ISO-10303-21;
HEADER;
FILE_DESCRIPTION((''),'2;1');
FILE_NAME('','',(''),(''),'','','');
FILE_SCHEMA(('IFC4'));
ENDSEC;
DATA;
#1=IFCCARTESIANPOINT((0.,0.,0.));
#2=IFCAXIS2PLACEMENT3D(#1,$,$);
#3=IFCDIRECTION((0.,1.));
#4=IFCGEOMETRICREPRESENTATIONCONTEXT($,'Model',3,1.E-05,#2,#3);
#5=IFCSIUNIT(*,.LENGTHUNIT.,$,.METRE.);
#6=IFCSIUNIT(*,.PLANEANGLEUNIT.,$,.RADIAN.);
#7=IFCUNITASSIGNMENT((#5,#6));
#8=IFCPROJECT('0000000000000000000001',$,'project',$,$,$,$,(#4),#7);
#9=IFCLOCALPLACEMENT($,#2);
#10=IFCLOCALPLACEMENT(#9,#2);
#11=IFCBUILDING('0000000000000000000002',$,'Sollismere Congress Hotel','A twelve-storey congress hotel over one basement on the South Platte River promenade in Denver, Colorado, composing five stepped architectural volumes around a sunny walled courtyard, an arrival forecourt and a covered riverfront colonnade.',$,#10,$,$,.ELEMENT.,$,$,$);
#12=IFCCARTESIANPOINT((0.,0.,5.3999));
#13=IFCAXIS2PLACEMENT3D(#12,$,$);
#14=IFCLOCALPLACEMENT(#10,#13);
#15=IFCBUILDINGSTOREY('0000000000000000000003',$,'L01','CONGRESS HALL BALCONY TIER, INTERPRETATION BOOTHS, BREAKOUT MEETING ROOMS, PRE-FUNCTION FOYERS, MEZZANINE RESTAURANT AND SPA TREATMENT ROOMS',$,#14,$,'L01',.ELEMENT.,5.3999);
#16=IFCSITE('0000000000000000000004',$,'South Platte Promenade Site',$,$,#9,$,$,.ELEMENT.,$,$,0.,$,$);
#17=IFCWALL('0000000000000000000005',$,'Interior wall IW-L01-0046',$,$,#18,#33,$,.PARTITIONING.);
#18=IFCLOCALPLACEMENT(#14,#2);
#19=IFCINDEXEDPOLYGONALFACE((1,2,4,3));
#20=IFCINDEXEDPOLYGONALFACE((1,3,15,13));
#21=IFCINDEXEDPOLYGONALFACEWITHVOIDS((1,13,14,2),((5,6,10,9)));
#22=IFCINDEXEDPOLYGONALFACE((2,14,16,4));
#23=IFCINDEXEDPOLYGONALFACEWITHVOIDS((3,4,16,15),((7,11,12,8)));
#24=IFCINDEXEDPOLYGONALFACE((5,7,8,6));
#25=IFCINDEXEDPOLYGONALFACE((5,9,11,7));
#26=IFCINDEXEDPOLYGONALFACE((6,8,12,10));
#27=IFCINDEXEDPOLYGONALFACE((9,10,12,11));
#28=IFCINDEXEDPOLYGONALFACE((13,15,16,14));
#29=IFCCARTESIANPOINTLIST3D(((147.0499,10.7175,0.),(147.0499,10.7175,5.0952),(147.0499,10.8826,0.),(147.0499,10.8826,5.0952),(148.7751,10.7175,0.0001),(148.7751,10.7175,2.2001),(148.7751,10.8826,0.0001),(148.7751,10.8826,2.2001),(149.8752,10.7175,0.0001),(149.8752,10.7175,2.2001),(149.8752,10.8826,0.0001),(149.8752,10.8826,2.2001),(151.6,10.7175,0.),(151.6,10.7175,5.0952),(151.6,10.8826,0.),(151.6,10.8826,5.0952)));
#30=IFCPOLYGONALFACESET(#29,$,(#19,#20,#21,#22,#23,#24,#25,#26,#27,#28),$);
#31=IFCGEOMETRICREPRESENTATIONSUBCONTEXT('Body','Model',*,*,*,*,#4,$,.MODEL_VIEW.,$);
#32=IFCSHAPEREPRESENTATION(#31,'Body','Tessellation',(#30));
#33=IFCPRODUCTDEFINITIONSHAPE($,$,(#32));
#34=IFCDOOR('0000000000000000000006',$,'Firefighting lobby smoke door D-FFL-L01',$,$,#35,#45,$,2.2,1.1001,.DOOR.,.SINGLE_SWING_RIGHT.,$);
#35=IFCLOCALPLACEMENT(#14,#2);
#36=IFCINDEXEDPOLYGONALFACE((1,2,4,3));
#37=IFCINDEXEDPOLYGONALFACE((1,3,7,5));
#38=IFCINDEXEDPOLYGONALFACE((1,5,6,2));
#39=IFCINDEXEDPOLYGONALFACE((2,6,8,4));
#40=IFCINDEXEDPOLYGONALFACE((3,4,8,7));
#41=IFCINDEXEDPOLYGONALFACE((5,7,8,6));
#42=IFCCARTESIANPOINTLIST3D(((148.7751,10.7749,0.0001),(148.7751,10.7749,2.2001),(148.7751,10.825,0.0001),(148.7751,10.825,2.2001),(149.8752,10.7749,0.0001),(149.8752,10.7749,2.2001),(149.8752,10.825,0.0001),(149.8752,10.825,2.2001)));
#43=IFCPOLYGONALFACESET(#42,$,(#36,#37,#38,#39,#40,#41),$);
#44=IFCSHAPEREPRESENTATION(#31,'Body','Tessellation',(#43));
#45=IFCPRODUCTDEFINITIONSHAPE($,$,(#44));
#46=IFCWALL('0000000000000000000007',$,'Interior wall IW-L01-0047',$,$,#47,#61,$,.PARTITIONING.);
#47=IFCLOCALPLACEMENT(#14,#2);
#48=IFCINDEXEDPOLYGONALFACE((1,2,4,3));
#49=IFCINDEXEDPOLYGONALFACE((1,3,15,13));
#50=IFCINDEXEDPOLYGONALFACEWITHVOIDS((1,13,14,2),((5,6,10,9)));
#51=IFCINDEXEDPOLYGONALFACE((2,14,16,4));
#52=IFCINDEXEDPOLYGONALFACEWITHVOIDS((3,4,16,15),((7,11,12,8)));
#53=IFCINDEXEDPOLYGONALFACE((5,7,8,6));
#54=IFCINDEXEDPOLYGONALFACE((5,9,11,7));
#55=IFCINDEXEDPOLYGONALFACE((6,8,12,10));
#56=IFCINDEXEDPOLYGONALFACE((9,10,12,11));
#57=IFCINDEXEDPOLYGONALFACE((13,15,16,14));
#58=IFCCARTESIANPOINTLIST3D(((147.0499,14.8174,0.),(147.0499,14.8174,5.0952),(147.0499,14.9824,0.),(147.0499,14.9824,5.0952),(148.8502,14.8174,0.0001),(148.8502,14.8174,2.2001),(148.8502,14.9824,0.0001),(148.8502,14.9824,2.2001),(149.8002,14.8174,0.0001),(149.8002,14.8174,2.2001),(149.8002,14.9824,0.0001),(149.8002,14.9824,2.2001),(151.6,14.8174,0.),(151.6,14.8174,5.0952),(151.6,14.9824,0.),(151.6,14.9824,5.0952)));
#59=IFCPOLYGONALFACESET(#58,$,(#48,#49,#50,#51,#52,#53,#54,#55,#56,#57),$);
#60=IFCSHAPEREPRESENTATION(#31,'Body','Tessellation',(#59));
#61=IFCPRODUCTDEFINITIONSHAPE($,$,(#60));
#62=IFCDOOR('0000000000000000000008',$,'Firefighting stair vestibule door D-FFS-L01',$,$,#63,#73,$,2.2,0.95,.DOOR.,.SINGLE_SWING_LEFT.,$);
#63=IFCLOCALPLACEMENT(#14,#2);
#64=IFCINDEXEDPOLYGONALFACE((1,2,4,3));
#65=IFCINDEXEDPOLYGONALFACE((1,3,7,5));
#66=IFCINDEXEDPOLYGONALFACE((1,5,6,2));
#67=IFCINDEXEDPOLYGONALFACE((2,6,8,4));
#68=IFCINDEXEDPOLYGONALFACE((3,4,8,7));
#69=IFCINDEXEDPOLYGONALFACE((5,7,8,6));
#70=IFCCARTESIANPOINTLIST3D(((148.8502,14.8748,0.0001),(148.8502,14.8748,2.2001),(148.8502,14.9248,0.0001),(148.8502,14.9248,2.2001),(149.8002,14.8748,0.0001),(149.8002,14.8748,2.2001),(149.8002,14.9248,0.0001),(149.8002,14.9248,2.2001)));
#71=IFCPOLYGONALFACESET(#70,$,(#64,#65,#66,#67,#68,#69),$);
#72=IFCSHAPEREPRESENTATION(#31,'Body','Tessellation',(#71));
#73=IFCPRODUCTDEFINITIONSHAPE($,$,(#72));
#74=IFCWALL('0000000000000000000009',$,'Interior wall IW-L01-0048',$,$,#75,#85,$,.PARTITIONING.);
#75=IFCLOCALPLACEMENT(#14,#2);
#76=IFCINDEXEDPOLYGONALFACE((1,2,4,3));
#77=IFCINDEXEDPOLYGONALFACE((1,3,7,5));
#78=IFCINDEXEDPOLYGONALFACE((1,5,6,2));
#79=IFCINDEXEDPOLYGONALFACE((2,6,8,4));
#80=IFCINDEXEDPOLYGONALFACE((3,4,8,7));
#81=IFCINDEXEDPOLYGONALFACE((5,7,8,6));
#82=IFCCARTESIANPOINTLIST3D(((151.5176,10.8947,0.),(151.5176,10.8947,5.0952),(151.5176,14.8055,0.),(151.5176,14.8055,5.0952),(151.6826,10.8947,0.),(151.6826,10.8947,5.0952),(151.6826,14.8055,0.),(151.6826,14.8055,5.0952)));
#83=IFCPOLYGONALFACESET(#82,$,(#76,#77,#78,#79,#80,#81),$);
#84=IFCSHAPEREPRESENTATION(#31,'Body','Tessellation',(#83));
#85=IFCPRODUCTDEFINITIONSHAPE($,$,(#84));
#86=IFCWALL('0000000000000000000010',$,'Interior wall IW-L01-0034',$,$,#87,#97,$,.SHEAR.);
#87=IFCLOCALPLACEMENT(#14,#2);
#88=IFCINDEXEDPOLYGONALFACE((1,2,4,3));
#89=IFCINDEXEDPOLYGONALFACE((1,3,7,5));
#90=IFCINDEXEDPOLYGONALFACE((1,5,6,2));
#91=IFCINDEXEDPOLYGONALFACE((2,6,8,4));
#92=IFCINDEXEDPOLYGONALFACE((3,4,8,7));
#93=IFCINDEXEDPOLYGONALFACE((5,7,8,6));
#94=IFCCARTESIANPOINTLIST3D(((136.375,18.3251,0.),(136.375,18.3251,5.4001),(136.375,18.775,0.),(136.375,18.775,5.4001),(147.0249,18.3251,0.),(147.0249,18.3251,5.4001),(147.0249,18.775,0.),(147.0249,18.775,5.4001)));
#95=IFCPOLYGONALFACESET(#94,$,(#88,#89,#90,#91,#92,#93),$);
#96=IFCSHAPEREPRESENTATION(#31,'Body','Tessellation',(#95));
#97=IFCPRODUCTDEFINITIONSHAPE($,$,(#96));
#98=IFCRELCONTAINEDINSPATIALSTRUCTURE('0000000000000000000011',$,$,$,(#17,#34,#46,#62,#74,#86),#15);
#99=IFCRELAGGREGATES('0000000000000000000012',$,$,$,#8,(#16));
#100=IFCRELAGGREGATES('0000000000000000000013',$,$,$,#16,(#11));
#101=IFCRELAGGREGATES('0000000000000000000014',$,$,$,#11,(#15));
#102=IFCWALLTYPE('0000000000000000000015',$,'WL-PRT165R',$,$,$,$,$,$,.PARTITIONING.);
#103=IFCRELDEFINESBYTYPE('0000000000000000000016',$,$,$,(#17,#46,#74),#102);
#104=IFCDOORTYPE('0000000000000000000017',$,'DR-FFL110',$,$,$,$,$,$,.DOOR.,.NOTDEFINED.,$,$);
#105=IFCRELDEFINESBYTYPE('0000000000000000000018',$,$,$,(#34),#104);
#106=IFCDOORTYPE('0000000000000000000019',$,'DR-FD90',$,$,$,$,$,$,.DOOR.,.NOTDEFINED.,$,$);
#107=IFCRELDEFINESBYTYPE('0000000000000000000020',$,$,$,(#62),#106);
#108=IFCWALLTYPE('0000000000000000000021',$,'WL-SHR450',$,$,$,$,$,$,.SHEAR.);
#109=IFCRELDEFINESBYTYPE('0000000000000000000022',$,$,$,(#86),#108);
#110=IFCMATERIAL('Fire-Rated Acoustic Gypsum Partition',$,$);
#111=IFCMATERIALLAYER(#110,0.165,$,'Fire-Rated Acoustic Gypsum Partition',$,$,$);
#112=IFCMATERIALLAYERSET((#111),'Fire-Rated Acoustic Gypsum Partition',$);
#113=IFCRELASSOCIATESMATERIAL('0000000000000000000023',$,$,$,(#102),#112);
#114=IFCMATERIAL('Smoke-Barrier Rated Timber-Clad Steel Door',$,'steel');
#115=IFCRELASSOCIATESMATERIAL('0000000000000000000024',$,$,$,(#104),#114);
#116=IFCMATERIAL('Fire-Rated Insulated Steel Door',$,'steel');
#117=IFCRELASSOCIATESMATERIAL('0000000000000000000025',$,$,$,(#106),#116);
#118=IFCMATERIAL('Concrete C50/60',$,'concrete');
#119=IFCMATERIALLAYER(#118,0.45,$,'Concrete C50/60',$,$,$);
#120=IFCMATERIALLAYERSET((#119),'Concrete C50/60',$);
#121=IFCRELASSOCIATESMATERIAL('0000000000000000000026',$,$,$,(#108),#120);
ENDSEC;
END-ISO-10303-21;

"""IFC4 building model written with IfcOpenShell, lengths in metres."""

from ifc_helpers import new_model, si_unit, direction, frame, frame_2d, origin, place, context, subcontext, project, spatial, rectangle, extrude, material, layer, layer_set, type_object, element, fill, save


model = new_model("IFC4")

# Units and contexts
model_context = context("Model", 3, precision=1e-05, world=origin(), true_north=direction((0.0, 1.0)))
body_context = subcontext(model_context, "Body", "Model", "MODEL_VIEW")
ifc_project = project(units=[si_unit("LENGTHUNIT", "METRE"), si_unit("PLANEANGLEUNIT", "RADIAN")], contexts=[model_context])

# Site, building, storey
site_placement = place(None, origin())
site = spatial("IfcSite", under=ifc_project, at=site_placement, Name="South Platte Promenade Site", CompositionType="ELEMENT", RefElevation=0.0)
building_placement = place(site_placement, origin())
building = spatial("IfcBuilding", under=site, at=building_placement, Name="Sollismere Congress Hotel", Description="A twelve-storey congress hotel over one basement on the South Platte River promenade in Denver, Colorado, composing five stepped architectural volumes around a sunny walled courtyard, an arrival forecourt and a covered riverfront colonnade.", CompositionType="ELEMENT")
storey_placement = place(building_placement, frame((0.0, 0.0, 5.3999)))
storey = spatial("IfcBuildingStorey", under=building, at=storey_placement, Name="L01", Description="CONGRESS HALL BALCONY TIER, INTERPRETATION BOOTHS, BREAKOUT MEETING ROOMS, PRE-FUNCTION FOYERS, MEZZANINE RESTAURANT AND SPA TREATMENT ROOMS", LongName="L01", CompositionType="ELEMENT", Elevation=5.3999)

# Walls, openings, doors
ifc_material_1 = material(Name="Fire-Rated Acoustic Gypsum Partition")
ifc_layer_1 = layer(ifc_material_1, 0.165, Name="Fire-Rated Acoustic Gypsum Partition")
ifc_layer_set_1 = layer_set([ifc_layer_1], Name="Fire-Rated Acoustic Gypsum Partition")
wall_type_1 = type_object("IfcWallType", Name="WL-PRT165R", PredefinedType="PARTITIONING", material=ifc_layer_set_1)
wall_1_placement = place(storey_placement, frame((147.05, 10.8, 0.0), z_axis=(0.0, 0.0, 1.0), x_axis=(1.0, 0.0, 0.0)))
wall_1 = element("IfcWall", 1, at=wall_1_placement, inside=storey, type_object=wall_type_1, Name="Interior wall IW-L01-0046", PredefinedType="PARTITIONING", context=body_context, shape_type="SweptSolid", body=[
    extrude(rectangle(XDim=4.55, YDim=0.165, at=frame_2d((2.2749, 0.0))), origin(), (0.0, 0.0, 1.0), 5.0952),
])
opening_1_placement = place(wall_1_placement, frame((1.7251, 0.0, 0.0)))
opening_1 = element("IfcOpeningElement", 2, at=opening_1_placement, cuts=wall_1, PredefinedType="OPENING", context=body_context, shape_type="SweptSolid", body=[
    extrude(rectangle(XDim=1.1001, YDim=2.2, at=frame_2d((0.55, 1.1001))), frame((0.0, 0.0925, 0.0), z_axis=(0.0, -1.0, 0.0), x_axis=(1.0, 0.0, 0.0)), (0.0, 0.0, 1.0), 0.1851),
])
ifc_material_2 = material(Name="Smoke-Barrier Rated Timber-Clad Steel Door", Category="steel")
door_type_1 = type_object("IfcDoorType", Name="DR-FFL110", OperationType="NOTDEFINED", PredefinedType="DOOR", material=ifc_material_2)
door_1_placement = place(opening_1_placement, origin())
door_1 = element("IfcDoor", 3, at=door_1_placement, inside=storey, type_object=door_type_1, Name="Firefighting lobby smoke door D-FFL-L01", OperationType="SINGLE_SWING_RIGHT", OverallHeight=2.2, OverallWidth=1.1001, PredefinedType="DOOR", context=body_context, shape_type="SweptSolid", body=[
    extrude(rectangle(XDim=1.1001, YDim=2.2, at=frame_2d((0.55, 1.1001))), frame((0.0, 0.0249, 0.0), z_axis=(0.0, -1.0, 0.0), x_axis=(1.0, 0.0, 0.0)), (0.0, 0.0, 1.0), 0.05),
])
fill(opening_1, door_1)
wall_2_placement = place(storey_placement, frame((147.05, 14.8999, 0.0), z_axis=(0.0, 0.0, 1.0), x_axis=(1.0, 0.0, 0.0)))
wall_2 = element("IfcWall", 4, at=wall_2_placement, inside=storey, type_object=wall_type_1, Name="Interior wall IW-L01-0047", PredefinedType="PARTITIONING", context=body_context, shape_type="SweptSolid", body=[
    extrude(rectangle(XDim=4.55, YDim=0.165, at=frame_2d((2.2749, 0.0))), origin(), (0.0, 0.0, 1.0), 5.0952),
])
opening_2_placement = place(wall_2_placement, frame((1.8, 0.0, 0.0)))
opening_2 = element("IfcOpeningElement", 5, at=opening_2_placement, cuts=wall_2, PredefinedType="OPENING", context=body_context, shape_type="SweptSolid", body=[
    extrude(rectangle(XDim=0.95, YDim=2.2, at=frame_2d((0.4751, 1.1001))), frame((0.0, 0.0925, 0.0), z_axis=(0.0, -1.0, 0.0), x_axis=(1.0, 0.0, 0.0)), (0.0, 0.0, 1.0), 0.1851),
])
ifc_material_3 = material(Name="Fire-Rated Insulated Steel Door", Category="steel")
door_type_2 = type_object("IfcDoorType", Name="DR-FD90", OperationType="NOTDEFINED", PredefinedType="DOOR", material=ifc_material_3)
door_2_placement = place(opening_2_placement, origin())
door_2 = element("IfcDoor", 6, at=door_2_placement, inside=storey, type_object=door_type_2, Name="Firefighting stair vestibule door D-FFS-L01", OperationType="SINGLE_SWING_LEFT", OverallHeight=2.2, OverallWidth=0.95, PredefinedType="DOOR", context=body_context, shape_type="SweptSolid", body=[
    extrude(rectangle(XDim=0.95, YDim=2.2, at=frame_2d((0.4751, 1.1001))), frame((0.0, 0.0249, 0.0), z_axis=(0.0, -1.0, 0.0), x_axis=(1.0, 0.0, 0.0)), (0.0, 0.0, 1.0), 0.05),
])
fill(opening_2, door_2)

# Walls
wall_3_placement = place(storey_placement, frame((151.6001, 10.8945, 0.0), z_axis=(0.0, 0.0, 1.0), x_axis=(0.0, 1.0, 0.0)))
element("IfcWall", 7, at=wall_3_placement, inside=storey, type_object=wall_type_1, Name="Interior wall IW-L01-0048", PredefinedType="PARTITIONING", context=body_context, shape_type="SweptSolid", body=[
    extrude(rectangle(XDim=3.9109, YDim=0.165, at=frame_2d((1.9556, 0.0))), origin(), (0.0, 0.0, 1.0), 5.0952),
])
ifc_material_4 = material(Name="Concrete C50/60", Category="concrete")
ifc_layer_2 = layer(ifc_material_4, 0.45, Name="Concrete C50/60")
ifc_layer_set_2 = layer_set([ifc_layer_2], Name="Concrete C50/60")
wall_type_2 = type_object("IfcWallType", Name="WL-SHR450", PredefinedType="SHEAR", material=ifc_layer_set_2)
wall_4_placement = place(storey_placement, frame((147.0249, 18.55, 0.0), z_axis=(0.0, 0.0, 1.0), x_axis=(-1.0, 0.0, 0.0)))
element("IfcWall", 8, at=wall_4_placement, inside=storey, type_object=wall_type_2, Name="Interior wall IW-L01-0034", PredefinedType="SHEAR", context=body_context, shape_type="SweptSolid", body=[
    extrude(rectangle(XDim=10.6499, YDim=0.45, at=frame_2d((5.325, 0.0))), origin(), (0.0, 0.0, 1.0), 5.4001),
])

save(model, "model.ifc")
